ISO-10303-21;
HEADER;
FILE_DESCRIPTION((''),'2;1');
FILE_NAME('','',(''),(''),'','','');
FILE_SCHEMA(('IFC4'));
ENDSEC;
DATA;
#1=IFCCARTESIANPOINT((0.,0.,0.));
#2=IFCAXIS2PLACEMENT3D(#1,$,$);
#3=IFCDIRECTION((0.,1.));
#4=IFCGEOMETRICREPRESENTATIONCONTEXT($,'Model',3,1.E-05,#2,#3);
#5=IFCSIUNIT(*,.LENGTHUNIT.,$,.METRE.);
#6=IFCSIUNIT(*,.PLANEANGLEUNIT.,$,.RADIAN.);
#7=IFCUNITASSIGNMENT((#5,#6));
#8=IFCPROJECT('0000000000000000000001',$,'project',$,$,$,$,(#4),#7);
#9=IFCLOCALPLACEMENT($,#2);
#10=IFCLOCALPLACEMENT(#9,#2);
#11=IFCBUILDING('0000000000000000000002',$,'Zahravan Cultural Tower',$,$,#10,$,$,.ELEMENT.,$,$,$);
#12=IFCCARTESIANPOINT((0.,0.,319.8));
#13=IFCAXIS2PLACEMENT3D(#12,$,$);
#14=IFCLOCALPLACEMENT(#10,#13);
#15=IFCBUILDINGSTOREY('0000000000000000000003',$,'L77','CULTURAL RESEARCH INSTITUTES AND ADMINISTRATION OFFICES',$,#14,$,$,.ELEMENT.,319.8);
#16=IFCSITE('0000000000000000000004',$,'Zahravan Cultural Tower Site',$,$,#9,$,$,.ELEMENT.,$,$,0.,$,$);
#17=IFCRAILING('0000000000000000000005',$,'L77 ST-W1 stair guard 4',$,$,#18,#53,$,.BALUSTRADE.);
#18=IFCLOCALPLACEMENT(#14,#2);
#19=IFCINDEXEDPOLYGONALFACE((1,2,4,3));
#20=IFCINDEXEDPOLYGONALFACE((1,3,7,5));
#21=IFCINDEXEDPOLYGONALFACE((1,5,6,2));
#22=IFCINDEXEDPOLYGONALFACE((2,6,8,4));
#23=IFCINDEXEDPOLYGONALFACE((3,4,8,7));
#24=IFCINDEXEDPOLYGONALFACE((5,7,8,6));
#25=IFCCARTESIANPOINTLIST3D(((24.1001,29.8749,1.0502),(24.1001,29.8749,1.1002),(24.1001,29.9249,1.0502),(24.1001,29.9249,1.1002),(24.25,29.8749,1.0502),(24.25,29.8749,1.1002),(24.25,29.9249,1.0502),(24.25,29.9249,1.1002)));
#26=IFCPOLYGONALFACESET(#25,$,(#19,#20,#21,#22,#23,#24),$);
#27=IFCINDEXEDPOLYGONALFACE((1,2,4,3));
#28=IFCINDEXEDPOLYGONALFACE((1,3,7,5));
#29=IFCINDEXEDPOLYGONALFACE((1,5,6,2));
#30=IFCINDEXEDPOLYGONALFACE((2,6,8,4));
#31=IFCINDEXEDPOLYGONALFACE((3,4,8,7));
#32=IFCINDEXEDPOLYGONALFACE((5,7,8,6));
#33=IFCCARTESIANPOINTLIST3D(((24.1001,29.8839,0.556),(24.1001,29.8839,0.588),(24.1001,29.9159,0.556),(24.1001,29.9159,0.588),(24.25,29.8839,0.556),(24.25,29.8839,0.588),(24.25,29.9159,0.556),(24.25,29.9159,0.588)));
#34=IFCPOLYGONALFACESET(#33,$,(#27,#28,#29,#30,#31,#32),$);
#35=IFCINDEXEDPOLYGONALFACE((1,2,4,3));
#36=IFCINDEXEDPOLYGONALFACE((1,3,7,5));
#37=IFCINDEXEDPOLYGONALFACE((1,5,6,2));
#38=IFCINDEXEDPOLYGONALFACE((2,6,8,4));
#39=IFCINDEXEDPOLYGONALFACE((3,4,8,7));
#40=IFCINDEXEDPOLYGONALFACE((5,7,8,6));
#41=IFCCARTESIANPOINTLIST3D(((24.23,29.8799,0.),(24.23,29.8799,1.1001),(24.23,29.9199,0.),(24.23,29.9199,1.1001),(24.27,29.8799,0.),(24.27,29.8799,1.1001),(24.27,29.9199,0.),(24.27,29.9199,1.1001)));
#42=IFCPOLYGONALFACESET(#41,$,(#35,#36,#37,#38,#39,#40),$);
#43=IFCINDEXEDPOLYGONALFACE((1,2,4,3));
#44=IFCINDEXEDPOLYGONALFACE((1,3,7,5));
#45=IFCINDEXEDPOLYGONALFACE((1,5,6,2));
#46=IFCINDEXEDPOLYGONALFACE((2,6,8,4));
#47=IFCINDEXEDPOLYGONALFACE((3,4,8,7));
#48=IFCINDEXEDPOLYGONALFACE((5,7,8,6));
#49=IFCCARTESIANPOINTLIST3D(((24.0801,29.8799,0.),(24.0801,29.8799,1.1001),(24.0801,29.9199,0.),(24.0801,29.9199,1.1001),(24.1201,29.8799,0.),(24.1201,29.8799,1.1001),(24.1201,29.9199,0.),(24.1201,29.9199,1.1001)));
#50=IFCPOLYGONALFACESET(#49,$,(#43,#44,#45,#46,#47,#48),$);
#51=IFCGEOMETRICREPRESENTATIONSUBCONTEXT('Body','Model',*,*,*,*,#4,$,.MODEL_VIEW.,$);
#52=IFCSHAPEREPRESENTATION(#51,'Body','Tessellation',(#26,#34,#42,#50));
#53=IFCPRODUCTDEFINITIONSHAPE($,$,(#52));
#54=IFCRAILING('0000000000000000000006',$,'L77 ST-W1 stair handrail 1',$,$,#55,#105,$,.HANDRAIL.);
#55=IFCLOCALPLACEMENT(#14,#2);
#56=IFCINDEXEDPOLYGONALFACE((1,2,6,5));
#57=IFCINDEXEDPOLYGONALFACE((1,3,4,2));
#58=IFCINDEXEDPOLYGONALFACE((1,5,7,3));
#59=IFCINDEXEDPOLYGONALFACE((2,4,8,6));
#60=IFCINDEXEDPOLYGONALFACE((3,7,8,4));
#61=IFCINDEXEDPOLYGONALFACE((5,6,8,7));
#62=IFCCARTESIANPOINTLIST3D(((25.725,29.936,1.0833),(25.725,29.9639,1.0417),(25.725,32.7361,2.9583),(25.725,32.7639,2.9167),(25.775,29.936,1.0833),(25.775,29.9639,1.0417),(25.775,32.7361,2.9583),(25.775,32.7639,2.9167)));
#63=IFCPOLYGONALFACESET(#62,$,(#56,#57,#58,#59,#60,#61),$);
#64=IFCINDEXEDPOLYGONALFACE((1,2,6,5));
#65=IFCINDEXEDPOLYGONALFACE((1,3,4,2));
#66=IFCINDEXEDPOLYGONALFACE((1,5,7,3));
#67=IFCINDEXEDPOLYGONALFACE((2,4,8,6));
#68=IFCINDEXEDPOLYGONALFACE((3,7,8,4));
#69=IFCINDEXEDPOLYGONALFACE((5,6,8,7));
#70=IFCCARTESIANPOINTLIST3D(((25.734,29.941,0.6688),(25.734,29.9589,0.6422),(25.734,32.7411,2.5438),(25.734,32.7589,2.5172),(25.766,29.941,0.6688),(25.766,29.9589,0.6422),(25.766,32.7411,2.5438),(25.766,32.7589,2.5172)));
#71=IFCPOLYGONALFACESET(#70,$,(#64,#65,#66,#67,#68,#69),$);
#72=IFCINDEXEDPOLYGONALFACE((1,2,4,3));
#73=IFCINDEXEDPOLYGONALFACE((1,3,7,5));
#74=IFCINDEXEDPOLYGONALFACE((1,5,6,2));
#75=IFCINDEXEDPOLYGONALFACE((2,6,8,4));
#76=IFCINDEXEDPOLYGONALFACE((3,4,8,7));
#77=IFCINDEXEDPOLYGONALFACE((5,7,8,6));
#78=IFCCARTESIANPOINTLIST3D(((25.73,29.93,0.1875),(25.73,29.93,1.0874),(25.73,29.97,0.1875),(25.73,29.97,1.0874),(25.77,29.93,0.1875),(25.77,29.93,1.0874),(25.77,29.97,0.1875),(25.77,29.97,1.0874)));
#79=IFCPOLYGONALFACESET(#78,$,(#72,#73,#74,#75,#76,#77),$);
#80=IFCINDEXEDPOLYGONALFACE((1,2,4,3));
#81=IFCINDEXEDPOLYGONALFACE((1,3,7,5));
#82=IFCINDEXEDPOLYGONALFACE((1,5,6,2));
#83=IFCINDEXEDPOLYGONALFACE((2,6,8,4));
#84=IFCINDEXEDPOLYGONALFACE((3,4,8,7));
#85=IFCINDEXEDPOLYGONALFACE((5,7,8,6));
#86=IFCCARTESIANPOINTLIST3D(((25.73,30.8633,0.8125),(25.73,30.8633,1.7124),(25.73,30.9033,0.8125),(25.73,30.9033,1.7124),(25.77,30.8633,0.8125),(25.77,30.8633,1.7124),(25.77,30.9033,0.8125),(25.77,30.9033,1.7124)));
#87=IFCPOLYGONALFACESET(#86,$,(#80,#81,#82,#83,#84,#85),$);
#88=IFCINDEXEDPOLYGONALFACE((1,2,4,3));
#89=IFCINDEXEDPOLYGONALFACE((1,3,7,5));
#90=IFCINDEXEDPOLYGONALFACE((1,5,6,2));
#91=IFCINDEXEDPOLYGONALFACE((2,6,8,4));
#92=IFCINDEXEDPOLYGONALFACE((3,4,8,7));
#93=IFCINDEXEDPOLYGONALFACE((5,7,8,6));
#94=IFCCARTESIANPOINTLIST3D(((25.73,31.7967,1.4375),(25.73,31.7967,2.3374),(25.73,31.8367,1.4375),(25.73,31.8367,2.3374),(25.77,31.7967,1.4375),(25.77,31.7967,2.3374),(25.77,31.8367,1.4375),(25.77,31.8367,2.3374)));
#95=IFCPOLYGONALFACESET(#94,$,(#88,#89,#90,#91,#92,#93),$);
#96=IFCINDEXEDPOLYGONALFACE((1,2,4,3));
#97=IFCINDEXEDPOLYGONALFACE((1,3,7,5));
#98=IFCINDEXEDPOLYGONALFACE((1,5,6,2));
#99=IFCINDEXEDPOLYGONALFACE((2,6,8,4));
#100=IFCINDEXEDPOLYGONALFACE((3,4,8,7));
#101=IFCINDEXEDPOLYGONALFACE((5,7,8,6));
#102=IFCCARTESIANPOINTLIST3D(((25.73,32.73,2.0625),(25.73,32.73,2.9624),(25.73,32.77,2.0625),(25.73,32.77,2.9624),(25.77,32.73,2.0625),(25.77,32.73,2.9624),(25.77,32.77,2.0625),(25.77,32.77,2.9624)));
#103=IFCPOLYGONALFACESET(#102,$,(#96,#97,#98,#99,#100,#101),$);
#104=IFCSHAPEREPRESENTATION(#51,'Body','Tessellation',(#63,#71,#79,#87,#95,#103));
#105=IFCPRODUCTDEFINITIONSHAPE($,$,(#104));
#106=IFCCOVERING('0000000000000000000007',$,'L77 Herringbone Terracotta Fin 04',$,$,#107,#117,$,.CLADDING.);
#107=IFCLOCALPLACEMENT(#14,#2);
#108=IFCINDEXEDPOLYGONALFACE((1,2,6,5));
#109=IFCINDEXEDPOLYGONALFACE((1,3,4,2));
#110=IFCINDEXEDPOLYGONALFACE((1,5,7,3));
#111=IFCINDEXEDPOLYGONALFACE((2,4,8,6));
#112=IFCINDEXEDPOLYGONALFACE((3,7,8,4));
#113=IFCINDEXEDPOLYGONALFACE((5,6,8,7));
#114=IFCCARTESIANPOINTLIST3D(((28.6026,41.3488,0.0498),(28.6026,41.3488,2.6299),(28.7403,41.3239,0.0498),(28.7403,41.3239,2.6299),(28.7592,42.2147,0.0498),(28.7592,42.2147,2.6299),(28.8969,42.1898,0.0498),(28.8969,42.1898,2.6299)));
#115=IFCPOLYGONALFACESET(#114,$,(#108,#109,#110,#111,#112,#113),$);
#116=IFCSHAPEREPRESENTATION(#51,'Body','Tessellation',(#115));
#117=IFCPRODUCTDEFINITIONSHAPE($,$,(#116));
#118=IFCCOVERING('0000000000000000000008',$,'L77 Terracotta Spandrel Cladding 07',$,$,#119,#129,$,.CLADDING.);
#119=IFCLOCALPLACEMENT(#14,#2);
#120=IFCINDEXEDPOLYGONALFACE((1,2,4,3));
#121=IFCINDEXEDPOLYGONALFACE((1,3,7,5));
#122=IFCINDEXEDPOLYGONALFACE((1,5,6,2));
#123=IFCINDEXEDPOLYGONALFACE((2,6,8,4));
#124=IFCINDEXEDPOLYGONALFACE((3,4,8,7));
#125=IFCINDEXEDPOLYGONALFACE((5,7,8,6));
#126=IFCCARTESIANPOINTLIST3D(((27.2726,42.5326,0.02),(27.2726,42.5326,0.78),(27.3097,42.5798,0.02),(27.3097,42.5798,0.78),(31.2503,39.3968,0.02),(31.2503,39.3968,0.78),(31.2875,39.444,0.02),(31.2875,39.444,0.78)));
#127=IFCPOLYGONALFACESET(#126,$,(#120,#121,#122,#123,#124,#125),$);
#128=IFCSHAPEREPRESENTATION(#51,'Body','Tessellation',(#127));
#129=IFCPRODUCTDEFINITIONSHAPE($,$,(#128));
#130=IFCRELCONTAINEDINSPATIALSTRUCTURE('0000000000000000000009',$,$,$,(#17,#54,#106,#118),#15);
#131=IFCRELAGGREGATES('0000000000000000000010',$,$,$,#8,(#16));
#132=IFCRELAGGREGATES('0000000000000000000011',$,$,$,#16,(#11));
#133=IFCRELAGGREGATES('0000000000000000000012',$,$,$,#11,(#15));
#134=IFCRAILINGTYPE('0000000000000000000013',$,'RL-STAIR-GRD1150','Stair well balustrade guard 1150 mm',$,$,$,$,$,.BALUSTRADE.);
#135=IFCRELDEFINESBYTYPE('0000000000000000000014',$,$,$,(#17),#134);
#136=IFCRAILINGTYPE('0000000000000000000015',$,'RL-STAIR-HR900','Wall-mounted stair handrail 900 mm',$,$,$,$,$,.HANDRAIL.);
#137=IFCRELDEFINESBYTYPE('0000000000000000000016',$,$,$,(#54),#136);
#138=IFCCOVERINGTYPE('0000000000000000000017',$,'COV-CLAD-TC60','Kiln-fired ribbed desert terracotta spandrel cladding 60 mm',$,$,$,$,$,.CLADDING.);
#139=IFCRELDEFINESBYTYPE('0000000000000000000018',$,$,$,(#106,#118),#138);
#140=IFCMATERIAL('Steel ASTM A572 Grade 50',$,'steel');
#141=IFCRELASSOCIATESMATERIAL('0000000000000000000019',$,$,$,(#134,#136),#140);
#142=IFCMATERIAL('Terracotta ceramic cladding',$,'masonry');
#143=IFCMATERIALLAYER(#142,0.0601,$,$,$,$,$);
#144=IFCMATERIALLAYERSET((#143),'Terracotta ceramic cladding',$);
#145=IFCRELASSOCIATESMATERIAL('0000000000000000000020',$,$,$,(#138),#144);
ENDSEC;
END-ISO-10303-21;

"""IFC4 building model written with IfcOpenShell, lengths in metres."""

from ifc_helpers import new_model, si_unit, direction, frame, origin, origin_2d, place, context, subcontext, project, spatial, rectangle, extrude, source, transform, mapped, material, layer, layer_set, type_object, element, save


model = new_model("IFC4")

# Units and contexts
model_context = context("Model", 3, precision=1e-05, world=origin(), true_north=direction((0.0, 1.0)))
body_context = subcontext(model_context, "Body", "Model", "MODEL_VIEW")
ifc_project = project(units=[si_unit("LENGTHUNIT", "METRE"), si_unit("PLANEANGLEUNIT", "RADIAN")], contexts=[model_context])

# Site, building, storey
site_placement = place(None, origin())
site = spatial("IfcSite", under=ifc_project, at=site_placement, Name="Zahravan Cultural Tower Site", CompositionType="ELEMENT", RefElevation=0.0)
building_placement = place(site_placement, origin())
building = spatial("IfcBuilding", under=site, at=building_placement, Name="Zahravan Cultural Tower", CompositionType="ELEMENT")
storey_placement = place(building_placement, frame((0.0, 0.0, 319.8)))
storey = spatial("IfcBuildingStorey", under=building, at=storey_placement, Name="L77", Description="CULTURAL RESEARCH INSTITUTES AND ADMINISTRATION OFFICES", CompositionType="ELEMENT", Elevation=319.8)

# Shared definitions
ifc_material_1 = material(Name="Steel ASTM A572 Grade 50", Category="steel")

# Railings
railing_type_1 = type_object("IfcRailingType", Name="RL-STAIR-GRD1150", Description="Stair well balustrade guard 1150 mm", PredefinedType="BALUSTRADE", material=ifc_material_1)
railing_1_placement = place(storey_placement, frame((24.25, 29.8999, 0.0)))
element("IfcRailing", 1, at=railing_1_placement, inside=storey, type_object=railing_type_1, Name="L77 ST-W1 stair guard 4", PredefinedType="BALUSTRADE", context=body_context, shape_type="SweptSolid", body=[
    extrude(rectangle(XDim=0.05, YDim=0.05, at=origin_2d()), frame((0.0, 0.0, 1.0752), z_axis=(-1.0, 0.0, 0.0), x_axis=(0.0, -1.0, 0.0)), (0.0, 0.0, 1.0), 0.1499),
    extrude(rectangle(XDim=0.032, YDim=0.032, at=origin_2d()), frame((0.0, 0.0, 0.572), z_axis=(-1.0, 0.0, 0.0), x_axis=(0.0, -1.0, 0.0)), (0.0, 0.0, 1.0), 0.1499),
    extrude(rectangle(XDim=0.04, YDim=0.04, at=origin_2d()), origin(), (0.0, 0.0, 1.0), 1.1001),
    extrude(rectangle(XDim=0.04, YDim=0.04, at=origin_2d()), frame((-0.1499, 0.0, 0.0)), (0.0, 0.0, 1.0), 1.1001),
])
railing_type_2 = type_object("IfcRailingType", Name="RL-STAIR-HR900", Description="Wall-mounted stair handrail 900 mm", PredefinedType="HANDRAIL", material=ifc_material_1)
railing_2_placement = place(storey_placement, frame((25.75, 29.95, 0.1875)))
element("IfcRailing", 2, at=railing_2_placement, inside=storey, type_object=railing_type_2, Name="L77 ST-W1 stair handrail 1", PredefinedType="HANDRAIL", context=body_context, shape_type="SweptSolid", body=[
    extrude(rectangle(XDim=0.05, YDim=0.05, at=origin_2d()), frame((0.0, 0.0, 0.875), z_axis=(0.0, 0.830912, 0.556404), x_axis=(-1.0, 0.0, 0.0)), (0.0, 0.0, 1.0), 3.3699),
    extrude(rectangle(XDim=0.032, YDim=0.032, at=origin_2d()), frame((0.0, 0.0, 0.468), z_axis=(0.0, 0.830912, 0.556404), x_axis=(-1.0, 0.0, 0.0)), (0.0, 0.0, 1.0), 3.3699),
    extrude(rectangle(XDim=0.04, YDim=0.04, at=origin_2d()), origin(), (0.0, 0.0, 1.0), 0.8999),
    extrude(rectangle(XDim=0.04, YDim=0.04, at=origin_2d()), frame((0.0, 0.9333, 0.625)), (0.0, 0.0, 1.0), 0.8999),
    extrude(rectangle(XDim=0.04, YDim=0.04, at=origin_2d()), frame((0.0, 1.8667, 1.25)), (0.0, 0.0, 1.0), 0.8999),
    extrude(rectangle(XDim=0.04, YDim=0.04, at=origin_2d()), frame((0.0, 2.8, 1.875)), (0.0, 0.0, 1.0), 0.8999),
])

# Coverings
ifc_material_2 = material(Name="Terracotta ceramic cladding", Category="masonry")
ifc_layer_1 = layer(ifc_material_2, 0.0601)
ifc_layer_set_1 = layer_set([ifc_layer_1], Name="Terracotta ceramic cladding")
covering_type = type_object("IfcCoveringType", Name="COV-CLAD-TC60", Description="Kiln-fired ribbed desert terracotta spandrel cladding 60 mm", PredefinedType="CLADDING", material=ifc_layer_set_1)
shared_shape_1 = source(origin(), body_context, "Body", "SweptSolid", [
    extrude(rectangle(XDim=0.8799, YDim=0.1399, at=origin_2d()), origin(), (0.0, 0.0, 1.0), 2.5801),
])
covering_1_placement = place(storey_placement, frame((28.7498, 41.7693, 0.0498), z_axis=(0.0, 0.0, 1.0), x_axis=(0.177944, 0.984041, 0.0)))
element("IfcCovering", 3, at=covering_1_placement, inside=storey, type_object=covering_type, Name="L77 Herringbone Terracotta Fin 04", PredefinedType="CLADDING", context=body_context, shape_type="MappedRepresentation", body=[
    mapped(shared_shape_1, transform((0.0, 0.0, 0.0), x_axis=(1.0, 0.0, 0.0), y_axis=(0.0, 1.0, 0.0), z_axis=(0.0, 0.0, 1.0), scale=1.0)),
])
shared_shape_2 = source(origin(), body_context, "Body", "SweptSolid", [
    extrude(rectangle(XDim=5.0652, YDim=0.0601, at=origin_2d()), origin(), (0.0, 0.0, 1.0), 0.76),
])
covering_2_placement = place(storey_placement, frame((29.28, 40.9883, 0.02), z_axis=(0.0, 0.0, 1.0), x_axis=(0.785317, -0.619094, 0.0)))
element("IfcCovering", 4, at=covering_2_placement, inside=storey, type_object=covering_type, Name="L77 Terracotta Spandrel Cladding 07", PredefinedType="CLADDING", context=body_context, shape_type="MappedRepresentation", body=[
    mapped(shared_shape_2, transform((0.0, 0.0, 0.0), x_axis=(1.0, 0.0, 0.0), y_axis=(0.0, 1.0, 0.0), z_axis=(0.0, 0.0, 1.0), scale=1.0)),
])

save(model, "model.ifc")
